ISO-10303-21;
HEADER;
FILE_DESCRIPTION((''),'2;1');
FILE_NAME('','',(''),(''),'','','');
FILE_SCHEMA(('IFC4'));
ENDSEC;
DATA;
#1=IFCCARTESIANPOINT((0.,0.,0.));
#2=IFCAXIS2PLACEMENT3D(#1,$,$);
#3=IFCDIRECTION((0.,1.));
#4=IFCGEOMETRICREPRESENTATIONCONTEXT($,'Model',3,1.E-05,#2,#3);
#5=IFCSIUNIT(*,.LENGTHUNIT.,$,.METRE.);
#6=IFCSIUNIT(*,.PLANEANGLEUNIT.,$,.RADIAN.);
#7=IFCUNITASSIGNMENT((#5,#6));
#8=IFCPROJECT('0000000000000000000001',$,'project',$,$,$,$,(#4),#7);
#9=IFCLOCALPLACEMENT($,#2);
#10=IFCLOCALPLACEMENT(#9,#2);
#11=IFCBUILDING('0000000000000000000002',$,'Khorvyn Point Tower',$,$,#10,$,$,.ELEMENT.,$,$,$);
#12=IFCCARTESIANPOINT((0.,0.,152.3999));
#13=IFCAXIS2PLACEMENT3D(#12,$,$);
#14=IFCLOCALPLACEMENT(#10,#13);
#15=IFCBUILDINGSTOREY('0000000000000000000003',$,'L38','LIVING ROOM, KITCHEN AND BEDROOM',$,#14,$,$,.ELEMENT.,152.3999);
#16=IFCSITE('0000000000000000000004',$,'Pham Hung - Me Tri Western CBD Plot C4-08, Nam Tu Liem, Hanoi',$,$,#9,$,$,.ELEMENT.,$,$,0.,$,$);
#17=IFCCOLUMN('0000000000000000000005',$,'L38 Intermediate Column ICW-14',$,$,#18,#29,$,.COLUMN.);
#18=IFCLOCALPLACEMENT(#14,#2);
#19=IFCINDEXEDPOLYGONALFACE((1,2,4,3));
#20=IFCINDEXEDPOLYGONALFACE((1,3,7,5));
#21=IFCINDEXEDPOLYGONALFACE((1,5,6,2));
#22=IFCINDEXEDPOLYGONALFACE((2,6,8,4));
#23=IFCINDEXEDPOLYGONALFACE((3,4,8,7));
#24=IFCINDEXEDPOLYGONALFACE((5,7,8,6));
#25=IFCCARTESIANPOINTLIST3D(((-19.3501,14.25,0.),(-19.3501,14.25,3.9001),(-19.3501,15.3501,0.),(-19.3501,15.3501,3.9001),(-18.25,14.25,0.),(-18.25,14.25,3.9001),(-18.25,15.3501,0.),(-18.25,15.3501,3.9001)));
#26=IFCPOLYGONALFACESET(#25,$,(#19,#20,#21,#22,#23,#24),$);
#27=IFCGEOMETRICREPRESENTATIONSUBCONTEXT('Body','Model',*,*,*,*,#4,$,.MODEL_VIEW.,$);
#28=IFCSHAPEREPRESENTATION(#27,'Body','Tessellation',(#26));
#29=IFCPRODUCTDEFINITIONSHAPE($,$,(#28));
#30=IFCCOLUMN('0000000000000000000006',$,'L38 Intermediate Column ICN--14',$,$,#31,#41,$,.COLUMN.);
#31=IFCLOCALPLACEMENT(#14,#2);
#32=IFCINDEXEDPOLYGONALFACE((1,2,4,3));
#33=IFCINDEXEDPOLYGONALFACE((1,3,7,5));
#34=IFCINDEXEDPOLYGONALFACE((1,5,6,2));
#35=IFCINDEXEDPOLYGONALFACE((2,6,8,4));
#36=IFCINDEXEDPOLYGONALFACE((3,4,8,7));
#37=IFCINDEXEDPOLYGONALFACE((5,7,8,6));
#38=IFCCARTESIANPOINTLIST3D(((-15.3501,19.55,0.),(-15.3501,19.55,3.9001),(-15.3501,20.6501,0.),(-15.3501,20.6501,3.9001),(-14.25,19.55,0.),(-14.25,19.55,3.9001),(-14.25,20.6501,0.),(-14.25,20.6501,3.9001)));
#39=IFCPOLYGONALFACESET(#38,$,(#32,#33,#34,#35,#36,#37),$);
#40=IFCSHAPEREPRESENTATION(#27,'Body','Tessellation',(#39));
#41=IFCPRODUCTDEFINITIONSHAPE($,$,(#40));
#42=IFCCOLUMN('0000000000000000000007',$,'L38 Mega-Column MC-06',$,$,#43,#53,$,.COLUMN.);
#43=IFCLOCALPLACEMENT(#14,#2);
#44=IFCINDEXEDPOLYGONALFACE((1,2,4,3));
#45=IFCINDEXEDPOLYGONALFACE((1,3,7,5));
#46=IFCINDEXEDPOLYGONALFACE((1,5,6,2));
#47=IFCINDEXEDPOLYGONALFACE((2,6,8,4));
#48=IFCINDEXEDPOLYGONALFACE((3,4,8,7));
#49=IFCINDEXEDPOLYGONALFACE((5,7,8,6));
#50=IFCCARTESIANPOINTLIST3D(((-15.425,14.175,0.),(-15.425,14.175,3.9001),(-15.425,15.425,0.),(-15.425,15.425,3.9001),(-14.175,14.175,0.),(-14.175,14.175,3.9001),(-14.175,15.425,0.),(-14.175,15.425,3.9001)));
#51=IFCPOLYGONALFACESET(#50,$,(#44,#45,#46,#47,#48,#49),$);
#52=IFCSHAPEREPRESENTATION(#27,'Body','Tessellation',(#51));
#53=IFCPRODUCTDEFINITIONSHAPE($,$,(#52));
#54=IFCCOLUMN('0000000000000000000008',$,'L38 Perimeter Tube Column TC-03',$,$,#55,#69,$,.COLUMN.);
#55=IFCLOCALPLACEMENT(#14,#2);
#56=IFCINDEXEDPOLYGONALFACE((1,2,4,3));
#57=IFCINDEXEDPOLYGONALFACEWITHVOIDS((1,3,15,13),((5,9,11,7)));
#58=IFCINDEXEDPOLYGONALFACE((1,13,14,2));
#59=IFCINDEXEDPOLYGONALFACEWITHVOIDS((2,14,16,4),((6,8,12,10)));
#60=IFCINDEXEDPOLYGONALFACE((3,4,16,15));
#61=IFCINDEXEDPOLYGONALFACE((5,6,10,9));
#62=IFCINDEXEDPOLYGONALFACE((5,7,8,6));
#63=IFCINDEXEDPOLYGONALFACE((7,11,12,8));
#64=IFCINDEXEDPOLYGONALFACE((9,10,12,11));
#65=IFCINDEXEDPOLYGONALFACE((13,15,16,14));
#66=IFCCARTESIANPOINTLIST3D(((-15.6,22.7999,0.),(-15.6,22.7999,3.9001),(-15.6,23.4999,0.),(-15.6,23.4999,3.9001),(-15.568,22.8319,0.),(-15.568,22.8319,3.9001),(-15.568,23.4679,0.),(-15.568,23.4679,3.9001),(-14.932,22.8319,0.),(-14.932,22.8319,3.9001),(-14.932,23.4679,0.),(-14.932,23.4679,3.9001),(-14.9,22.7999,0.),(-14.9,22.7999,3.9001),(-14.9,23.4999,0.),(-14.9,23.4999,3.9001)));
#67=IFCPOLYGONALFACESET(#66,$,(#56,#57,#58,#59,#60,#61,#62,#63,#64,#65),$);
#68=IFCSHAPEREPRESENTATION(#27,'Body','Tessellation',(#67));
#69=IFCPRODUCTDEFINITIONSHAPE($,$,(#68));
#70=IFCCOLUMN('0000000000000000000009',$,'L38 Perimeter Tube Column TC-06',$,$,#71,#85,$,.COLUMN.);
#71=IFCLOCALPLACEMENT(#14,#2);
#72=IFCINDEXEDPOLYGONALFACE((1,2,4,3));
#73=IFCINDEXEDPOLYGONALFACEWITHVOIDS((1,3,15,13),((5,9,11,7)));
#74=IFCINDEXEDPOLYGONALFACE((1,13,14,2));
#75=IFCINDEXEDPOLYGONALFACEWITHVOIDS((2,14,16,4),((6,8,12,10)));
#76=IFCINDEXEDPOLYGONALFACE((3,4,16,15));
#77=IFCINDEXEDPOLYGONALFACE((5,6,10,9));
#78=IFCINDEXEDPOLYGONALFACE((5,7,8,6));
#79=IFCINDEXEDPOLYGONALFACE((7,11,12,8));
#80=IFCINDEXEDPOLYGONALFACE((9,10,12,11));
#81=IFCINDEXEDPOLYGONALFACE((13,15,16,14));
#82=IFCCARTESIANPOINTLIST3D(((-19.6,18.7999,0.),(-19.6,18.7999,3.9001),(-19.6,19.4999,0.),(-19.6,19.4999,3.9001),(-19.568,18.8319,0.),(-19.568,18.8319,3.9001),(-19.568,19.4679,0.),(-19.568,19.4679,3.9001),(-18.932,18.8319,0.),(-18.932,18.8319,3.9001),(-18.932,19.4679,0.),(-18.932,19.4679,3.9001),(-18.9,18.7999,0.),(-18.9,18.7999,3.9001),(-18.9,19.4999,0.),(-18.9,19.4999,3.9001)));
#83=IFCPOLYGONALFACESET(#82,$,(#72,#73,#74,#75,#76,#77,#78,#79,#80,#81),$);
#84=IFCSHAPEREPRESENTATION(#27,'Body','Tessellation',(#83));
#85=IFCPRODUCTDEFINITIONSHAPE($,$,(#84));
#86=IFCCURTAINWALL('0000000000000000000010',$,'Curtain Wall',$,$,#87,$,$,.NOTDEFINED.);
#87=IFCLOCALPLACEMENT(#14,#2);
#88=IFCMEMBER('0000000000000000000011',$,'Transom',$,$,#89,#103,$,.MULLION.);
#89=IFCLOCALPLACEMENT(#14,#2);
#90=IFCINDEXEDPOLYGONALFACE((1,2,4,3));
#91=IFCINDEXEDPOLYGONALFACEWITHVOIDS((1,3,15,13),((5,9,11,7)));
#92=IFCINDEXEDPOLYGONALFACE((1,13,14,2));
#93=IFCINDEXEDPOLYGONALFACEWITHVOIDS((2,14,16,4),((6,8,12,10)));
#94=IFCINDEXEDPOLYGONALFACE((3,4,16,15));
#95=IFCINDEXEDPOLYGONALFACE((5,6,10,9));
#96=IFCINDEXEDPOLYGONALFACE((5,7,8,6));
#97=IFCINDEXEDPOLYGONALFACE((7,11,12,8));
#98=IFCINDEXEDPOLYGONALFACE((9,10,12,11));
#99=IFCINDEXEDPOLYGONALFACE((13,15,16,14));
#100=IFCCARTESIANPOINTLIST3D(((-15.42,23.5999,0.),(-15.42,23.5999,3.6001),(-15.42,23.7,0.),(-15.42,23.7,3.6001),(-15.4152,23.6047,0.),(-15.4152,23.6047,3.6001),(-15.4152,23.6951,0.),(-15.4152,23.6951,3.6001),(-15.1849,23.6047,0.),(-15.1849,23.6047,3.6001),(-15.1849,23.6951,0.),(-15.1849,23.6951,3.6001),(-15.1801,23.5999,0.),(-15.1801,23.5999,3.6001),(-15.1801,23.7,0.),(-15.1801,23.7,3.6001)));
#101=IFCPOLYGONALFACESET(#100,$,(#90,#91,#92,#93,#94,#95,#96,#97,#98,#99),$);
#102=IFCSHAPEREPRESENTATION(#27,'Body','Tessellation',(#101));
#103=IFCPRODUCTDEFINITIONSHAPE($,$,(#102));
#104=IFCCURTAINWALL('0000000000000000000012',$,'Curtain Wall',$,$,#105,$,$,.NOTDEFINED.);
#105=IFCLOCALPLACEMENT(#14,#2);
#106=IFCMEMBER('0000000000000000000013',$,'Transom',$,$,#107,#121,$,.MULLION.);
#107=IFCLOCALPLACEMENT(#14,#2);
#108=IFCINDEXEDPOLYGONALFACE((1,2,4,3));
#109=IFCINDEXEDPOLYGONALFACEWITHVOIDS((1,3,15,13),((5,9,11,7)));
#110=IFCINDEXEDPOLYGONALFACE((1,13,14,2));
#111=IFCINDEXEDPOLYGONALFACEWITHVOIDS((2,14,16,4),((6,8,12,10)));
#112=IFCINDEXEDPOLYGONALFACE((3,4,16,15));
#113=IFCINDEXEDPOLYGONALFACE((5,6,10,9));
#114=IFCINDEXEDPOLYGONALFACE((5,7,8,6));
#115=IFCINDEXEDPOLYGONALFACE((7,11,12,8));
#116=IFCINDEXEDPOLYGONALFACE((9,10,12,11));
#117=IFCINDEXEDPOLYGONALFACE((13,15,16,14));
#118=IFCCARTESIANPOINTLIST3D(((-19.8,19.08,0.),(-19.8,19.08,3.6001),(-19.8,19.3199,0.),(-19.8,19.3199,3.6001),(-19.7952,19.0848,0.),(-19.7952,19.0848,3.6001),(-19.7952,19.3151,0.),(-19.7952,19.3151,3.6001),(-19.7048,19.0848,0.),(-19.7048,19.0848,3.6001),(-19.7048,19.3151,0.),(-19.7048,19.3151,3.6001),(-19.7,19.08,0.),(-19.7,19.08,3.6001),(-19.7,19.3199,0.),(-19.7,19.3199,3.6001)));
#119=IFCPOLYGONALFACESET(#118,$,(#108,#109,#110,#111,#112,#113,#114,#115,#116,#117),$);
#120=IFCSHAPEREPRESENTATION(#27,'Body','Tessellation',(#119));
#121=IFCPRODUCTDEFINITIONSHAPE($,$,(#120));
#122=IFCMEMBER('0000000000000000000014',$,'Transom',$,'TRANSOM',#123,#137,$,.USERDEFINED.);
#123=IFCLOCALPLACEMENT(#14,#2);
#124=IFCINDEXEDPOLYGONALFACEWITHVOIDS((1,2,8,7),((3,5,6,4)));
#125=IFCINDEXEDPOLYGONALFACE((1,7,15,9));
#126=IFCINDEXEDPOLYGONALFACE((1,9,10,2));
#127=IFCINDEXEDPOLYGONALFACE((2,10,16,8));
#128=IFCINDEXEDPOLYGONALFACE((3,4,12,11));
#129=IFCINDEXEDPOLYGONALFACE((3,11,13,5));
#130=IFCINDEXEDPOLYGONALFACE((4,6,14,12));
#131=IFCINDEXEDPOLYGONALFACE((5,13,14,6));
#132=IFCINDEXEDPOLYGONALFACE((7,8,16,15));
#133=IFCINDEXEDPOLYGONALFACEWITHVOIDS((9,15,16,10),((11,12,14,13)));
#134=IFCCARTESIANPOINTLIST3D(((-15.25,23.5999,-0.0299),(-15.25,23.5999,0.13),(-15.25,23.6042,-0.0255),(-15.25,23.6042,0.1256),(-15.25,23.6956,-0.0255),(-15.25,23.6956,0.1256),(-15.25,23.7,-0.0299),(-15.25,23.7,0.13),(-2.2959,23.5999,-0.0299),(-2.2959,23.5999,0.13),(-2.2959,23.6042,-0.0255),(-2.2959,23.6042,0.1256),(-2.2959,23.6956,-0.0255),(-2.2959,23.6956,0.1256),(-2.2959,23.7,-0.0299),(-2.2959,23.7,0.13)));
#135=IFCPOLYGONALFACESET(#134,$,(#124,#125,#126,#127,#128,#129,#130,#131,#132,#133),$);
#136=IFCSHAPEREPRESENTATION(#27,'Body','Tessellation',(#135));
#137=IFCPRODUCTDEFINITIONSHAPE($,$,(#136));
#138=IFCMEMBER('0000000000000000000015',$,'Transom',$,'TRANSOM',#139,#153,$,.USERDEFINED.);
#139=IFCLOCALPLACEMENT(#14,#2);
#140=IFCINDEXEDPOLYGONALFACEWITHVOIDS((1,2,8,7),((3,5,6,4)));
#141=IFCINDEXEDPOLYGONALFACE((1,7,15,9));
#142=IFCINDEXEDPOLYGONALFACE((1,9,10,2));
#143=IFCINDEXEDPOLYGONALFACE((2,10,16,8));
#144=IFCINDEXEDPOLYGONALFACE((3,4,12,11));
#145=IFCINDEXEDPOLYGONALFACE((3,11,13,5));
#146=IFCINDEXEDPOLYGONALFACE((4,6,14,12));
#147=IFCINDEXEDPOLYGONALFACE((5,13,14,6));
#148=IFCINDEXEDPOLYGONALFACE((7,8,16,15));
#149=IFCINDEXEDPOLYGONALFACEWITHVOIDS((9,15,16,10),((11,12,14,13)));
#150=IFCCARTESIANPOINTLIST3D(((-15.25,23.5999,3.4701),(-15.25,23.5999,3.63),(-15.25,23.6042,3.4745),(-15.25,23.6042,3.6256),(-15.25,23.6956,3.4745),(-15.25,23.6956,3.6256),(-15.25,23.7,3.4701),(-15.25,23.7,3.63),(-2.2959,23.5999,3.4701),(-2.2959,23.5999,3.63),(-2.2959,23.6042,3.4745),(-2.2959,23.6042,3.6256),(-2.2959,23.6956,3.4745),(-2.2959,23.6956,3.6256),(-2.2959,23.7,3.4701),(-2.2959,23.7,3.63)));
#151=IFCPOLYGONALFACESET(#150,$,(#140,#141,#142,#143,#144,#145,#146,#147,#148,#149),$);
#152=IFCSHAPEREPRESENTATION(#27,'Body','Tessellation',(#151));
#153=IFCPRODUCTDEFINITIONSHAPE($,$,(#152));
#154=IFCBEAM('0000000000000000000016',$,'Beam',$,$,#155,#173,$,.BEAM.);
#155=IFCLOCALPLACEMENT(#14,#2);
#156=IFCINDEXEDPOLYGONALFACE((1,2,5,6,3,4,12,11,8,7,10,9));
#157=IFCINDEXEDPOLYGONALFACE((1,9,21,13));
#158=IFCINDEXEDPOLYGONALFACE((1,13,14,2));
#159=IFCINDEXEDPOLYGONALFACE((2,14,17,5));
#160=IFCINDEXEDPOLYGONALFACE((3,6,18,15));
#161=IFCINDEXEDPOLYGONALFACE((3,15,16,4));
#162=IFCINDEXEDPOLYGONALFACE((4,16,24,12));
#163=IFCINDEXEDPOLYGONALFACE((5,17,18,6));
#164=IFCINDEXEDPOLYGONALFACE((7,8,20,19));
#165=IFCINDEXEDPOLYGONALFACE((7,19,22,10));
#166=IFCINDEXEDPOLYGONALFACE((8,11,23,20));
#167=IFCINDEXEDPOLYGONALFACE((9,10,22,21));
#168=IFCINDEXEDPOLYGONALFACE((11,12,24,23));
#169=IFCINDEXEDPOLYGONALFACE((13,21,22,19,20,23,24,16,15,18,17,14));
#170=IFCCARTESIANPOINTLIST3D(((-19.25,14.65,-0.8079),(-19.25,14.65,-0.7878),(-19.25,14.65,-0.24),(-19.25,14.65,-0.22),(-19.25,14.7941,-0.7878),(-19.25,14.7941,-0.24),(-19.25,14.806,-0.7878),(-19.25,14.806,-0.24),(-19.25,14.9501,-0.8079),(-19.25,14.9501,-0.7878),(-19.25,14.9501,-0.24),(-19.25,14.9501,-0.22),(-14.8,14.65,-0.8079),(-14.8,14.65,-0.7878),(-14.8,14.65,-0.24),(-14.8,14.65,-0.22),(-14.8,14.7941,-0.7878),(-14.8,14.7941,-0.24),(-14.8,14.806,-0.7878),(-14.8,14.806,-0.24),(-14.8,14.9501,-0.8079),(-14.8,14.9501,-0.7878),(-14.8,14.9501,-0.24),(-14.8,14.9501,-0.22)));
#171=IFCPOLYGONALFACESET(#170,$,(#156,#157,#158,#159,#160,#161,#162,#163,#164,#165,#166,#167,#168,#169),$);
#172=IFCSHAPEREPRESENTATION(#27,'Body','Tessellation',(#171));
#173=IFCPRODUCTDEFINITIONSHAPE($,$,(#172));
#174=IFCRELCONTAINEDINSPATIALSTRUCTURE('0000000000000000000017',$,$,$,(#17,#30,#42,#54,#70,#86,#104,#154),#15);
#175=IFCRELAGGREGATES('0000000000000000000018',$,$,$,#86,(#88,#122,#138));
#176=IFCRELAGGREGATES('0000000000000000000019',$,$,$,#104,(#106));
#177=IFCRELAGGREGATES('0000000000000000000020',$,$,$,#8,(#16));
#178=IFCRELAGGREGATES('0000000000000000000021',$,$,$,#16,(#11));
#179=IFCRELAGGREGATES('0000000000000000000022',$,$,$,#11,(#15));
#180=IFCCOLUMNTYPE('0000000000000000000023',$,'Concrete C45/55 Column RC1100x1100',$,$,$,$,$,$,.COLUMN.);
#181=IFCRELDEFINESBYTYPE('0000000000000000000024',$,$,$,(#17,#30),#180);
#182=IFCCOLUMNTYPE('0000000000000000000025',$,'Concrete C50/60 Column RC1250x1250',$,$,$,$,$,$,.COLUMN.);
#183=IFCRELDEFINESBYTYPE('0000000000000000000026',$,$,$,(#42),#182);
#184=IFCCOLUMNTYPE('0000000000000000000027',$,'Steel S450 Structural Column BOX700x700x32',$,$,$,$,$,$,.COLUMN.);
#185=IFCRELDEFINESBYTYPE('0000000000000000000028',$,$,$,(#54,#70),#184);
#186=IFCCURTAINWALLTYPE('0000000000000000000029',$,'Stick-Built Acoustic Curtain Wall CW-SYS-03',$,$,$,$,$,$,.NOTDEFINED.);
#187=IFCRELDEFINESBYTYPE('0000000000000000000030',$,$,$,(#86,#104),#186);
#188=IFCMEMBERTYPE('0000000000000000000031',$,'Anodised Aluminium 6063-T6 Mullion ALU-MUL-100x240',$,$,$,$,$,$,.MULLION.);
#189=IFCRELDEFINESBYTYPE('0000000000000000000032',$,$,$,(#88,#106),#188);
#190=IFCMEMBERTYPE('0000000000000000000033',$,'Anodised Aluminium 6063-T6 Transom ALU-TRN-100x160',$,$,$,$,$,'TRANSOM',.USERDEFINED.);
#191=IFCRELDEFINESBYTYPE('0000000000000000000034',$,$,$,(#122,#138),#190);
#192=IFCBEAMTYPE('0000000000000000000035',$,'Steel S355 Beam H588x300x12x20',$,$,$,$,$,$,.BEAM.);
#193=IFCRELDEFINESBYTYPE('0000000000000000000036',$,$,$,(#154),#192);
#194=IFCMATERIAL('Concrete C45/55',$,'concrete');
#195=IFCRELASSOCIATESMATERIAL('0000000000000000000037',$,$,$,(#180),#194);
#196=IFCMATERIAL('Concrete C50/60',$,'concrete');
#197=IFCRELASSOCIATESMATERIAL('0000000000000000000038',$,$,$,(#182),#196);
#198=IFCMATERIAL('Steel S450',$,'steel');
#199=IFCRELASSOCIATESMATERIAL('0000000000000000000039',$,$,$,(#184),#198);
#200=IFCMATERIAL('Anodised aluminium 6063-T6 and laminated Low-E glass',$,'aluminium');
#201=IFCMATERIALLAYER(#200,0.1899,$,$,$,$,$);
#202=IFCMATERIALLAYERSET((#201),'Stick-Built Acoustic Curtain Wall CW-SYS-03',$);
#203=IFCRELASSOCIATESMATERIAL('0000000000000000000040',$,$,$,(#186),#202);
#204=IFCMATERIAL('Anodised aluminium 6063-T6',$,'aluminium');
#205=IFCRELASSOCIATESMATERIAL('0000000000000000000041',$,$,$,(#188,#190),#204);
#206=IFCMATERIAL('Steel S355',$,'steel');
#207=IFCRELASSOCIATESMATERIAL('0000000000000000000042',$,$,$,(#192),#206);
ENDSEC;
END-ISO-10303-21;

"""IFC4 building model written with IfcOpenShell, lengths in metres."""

from ifc_helpers import new_model, si_unit, direction, frame, origin, origin_2d, place, context, subcontext, project, spatial, rectangle, hollow_rectangle, i_section, extrude, material, layer, layer_set, material_profile, profile_set, type_object, element, aggregate, save


model = new_model("IFC4")

# Units and contexts
model_context = context("Model", 3, precision=1e-05, world=origin(), true_north=direction((0.0, 1.0)))
body_context = subcontext(model_context, "Body", "Model", "MODEL_VIEW")
ifc_project = project(units=[si_unit("LENGTHUNIT", "METRE"), si_unit("PLANEANGLEUNIT", "RADIAN")], contexts=[model_context])

# Site, building, storey
site_placement = place(None, origin())
site = spatial("IfcSite", under=ifc_project, at=site_placement, Name="Pham Hung - Me Tri Western CBD Plot C4-08, Nam Tu Liem, Hanoi", CompositionType="ELEMENT", RefElevation=0.0)
building_placement = place(site_placement, origin())
building = spatial("IfcBuilding", under=site, at=building_placement, Name="Khorvyn Point Tower", CompositionType="ELEMENT")
storey_placement = place(building_placement, frame((0.0, 0.0, 152.3999)))
storey = spatial("IfcBuildingStorey", under=building, at=storey_placement, Name="L38", Description="LIVING ROOM, KITCHEN AND BEDROOM", CompositionType="ELEMENT", Elevation=152.3999)

# Columns
ifc_material_1 = material(Name="Concrete C45/55", Category="concrete")
ifc_material_profile_1 = material_profile(ifc_material_1, rectangle(XDim=1.1001, YDim=1.1001, at=origin_2d()))
ifc_profile_set_1 = profile_set([ifc_material_profile_1], Name="Concrete C45/55 RC1100x1100")
column_type_1 = type_object("IfcColumnType", Name="Concrete C45/55 Column RC1100x1100", PredefinedType="COLUMN", material=ifc_profile_set_1)
for number, where, z_axis, x_axis, name in (
    (1, (-18.8, 14.8, 0.0), (0.0, 0.0, 1.0), (1.0, 0.0, 0.0), "L38 Intermediate Column ICW-14"),
    (2, (-14.8, 20.1001, 0.0), (0.0, 0.0, 1.0), (1.0, 0.0, 0.0), "L38 Intermediate Column ICN--14"),
):
    element("IfcColumn", number, at=place(storey_placement, frame(where, z_axis=z_axis, x_axis=x_axis)), inside=storey, type_object=column_type_1, Name=name, PredefinedType="COLUMN", context=body_context, shape_type="SweptSolid", body=[
        extrude(rectangle(XDim=1.1001, YDim=1.1001, at=origin_2d()), origin(), (0.0, 0.0, 1.0), 3.9001),
    ])
ifc_material_2 = material(Name="Concrete C50/60", Category="concrete")
ifc_material_profile_2 = material_profile(ifc_material_2, rectangle(XDim=1.25, YDim=1.25, at=origin_2d()))
ifc_profile_set_2 = profile_set([ifc_material_profile_2], Name="Concrete C50/60 RC1250x1250")
column_type_2 = type_object("IfcColumnType", Name="Concrete C50/60 Column RC1250x1250", PredefinedType="COLUMN", material=ifc_profile_set_2)
column_placement = place(storey_placement, frame((-14.8, 14.8, 0.0), z_axis=(0.0, 0.0, 1.0), x_axis=(1.0, 0.0, 0.0)))
element("IfcColumn", 3, at=column_placement, inside=storey, type_object=column_type_2, Name="L38 Mega-Column MC-06", PredefinedType="COLUMN", context=body_context, shape_type="SweptSolid", body=[
    extrude(rectangle(XDim=1.25, YDim=1.25, at=origin_2d()), origin(), (0.0, 0.0, 1.0), 3.9001),
])
ifc_material_3 = material(Name="Steel S450", Category="steel")
ifc_material_profile_3 = material_profile(ifc_material_3, hollow_rectangle(XDim=0.7, YDim=0.7, WallThickness=0.032, at=origin_2d()))
ifc_profile_set_3 = profile_set([ifc_material_profile_3], Name="Steel S450 BOX700x700x32")
column_type_3 = type_object("IfcColumnType", Name="Steel S450 Structural Column BOX700x700x32", PredefinedType="COLUMN", material=ifc_profile_set_3)
for number, where, z_axis, x_axis, name in (
    (4, (-15.25, 23.1499, 0.0), (0.0, 0.0, 1.0), (1.0, 0.0, 0.0), "L38 Perimeter Tube Column TC-03"),
    (5, (-19.25, 19.1499, 0.0), (0.0, 0.0, 1.0), (1.0, 0.0, 0.0), "L38 Perimeter Tube Column TC-06"),
):
    element("IfcColumn", number, at=place(storey_placement, frame(where, z_axis=z_axis, x_axis=x_axis)), inside=storey, type_object=column_type_3, Name=name, PredefinedType="COLUMN", context=body_context, shape_type="SweptSolid", body=[
        extrude(hollow_rectangle(XDim=0.7, YDim=0.7, WallThickness=0.032, at=origin_2d()), origin(), (0.0, 0.0, 1.0), 3.9001),
    ])

# Curtain walls, members
ifc_material_4 = material(Name="Anodised aluminium 6063-T6 and laminated Low-E glass", Category="aluminium")
ifc_layer_1 = layer(ifc_material_4, 0.1899)
ifc_layer_set_1 = layer_set([ifc_layer_1], Name="Stick-Built Acoustic Curtain Wall CW-SYS-03")
curtain_wall_type = type_object("IfcCurtainWallType", Name="Stick-Built Acoustic Curtain Wall CW-SYS-03", PredefinedType="NOTDEFINED", material=ifc_layer_set_1)
curtain_wall_1_placement = place(storey_placement, origin())
curtain_wall_1 = element("IfcCurtainWall", 6, at=curtain_wall_1_placement, inside=storey, type_object=curtain_wall_type, Name="Curtain Wall", PredefinedType="NOTDEFINED")
ifc_material_5 = material(Name="Anodised aluminium 6063-T6", Category="aluminium")
ifc_material_profile_4 = material_profile(ifc_material_5, hollow_rectangle(XDim=0.1001, YDim=0.24, WallThickness=0.0049, at=origin_2d()))
ifc_profile_set_4 = profile_set([ifc_material_profile_4], Name="Anodised aluminium 6063-T6 ALU-MUL-100x240")
member_type_1 = type_object("IfcMemberType", Name="Anodised Aluminium 6063-T6 Mullion ALU-MUL-100x240", PredefinedType="MULLION", material=ifc_profile_set_4)
member_1_placement = place(storey_placement, frame((-15.3, 23.6499, 0.0), z_axis=(0.0, 0.0, 1.0), x_axis=(0.0, 1.0, 0.0)))
member_1 = element("IfcMember", 7, at=member_1_placement, type_object=member_type_1, Name="Transom", PredefinedType="MULLION", context=body_context, shape_type="SweptSolid", body=[
    extrude(hollow_rectangle(XDim=0.1001, YDim=0.24, WallThickness=0.0049, at=origin_2d()), origin(), (0.0, 0.0, 1.0), 3.6001),
])
curtain_wall_2_placement = place(storey_placement, origin())
curtain_wall_2 = element("IfcCurtainWall", 8, at=curtain_wall_2_placement, inside=storey, type_object=curtain_wall_type, Name="Curtain Wall", PredefinedType="NOTDEFINED")
member_2_placement = place(storey_placement, frame((-19.75, 19.2, 0.0), z_axis=(0.0, 0.0, 1.0), x_axis=(-1.0, 0.0, 0.0)))
member_2 = element("IfcMember", 9, at=member_2_placement, type_object=member_type_1, Name="Transom", PredefinedType="MULLION", context=body_context, shape_type="SweptSolid", body=[
    extrude(hollow_rectangle(XDim=0.1001, YDim=0.24, WallThickness=0.0049, at=origin_2d()), origin(), (0.0, 0.0, 1.0), 3.6001),
])

# Members
ifc_material_profile_5 = material_profile(ifc_material_5, hollow_rectangle(XDim=0.1001, YDim=0.1599, WallThickness=0.0044, at=origin_2d()))
ifc_profile_set_5 = profile_set([ifc_material_profile_5], Name="Anodised aluminium 6063-T6 ALU-TRN-100x160")
member_type_2 = type_object("IfcMemberType", Name="Anodised Aluminium 6063-T6 Transom ALU-TRN-100x160", ElementType="TRANSOM", PredefinedType="USERDEFINED", material=ifc_profile_set_5)
member_3_placement = place(storey_placement, frame((-15.25, 23.6499, 0.05), z_axis=(1.0, 0.0, 0.0), x_axis=(0.0, 1.0, 0.0)))
member_3 = element("IfcMember", 10, at=member_3_placement, type_object=member_type_2, Name="Transom", ObjectType="TRANSOM", PredefinedType="USERDEFINED", context=body_context, shape_type="SweptSolid", body=[
    extrude(hollow_rectangle(XDim=0.1001, YDim=0.1599, WallThickness=0.0044, at=origin_2d()), origin(), (0.0, 0.0, 1.0), 12.9541),
])
member_4_placement = place(storey_placement, frame((-15.25, 23.6499, 3.55), z_axis=(1.0, 0.0, 0.0), x_axis=(0.0, 1.0, 0.0)))
member_4 = element("IfcMember", 11, at=member_4_placement, type_object=member_type_2, Name="Transom", ObjectType="TRANSOM", PredefinedType="USERDEFINED", context=body_context, shape_type="SweptSolid", body=[
    extrude(hollow_rectangle(XDim=0.1001, YDim=0.1599, WallThickness=0.0044, at=origin_2d()), origin(), (0.0, 0.0, 1.0), 12.9541),
])
aggregate(curtain_wall_1, [member_1, member_3, member_4])

# Beam
ifc_material_6 = material(Name="Steel S355", Category="steel")
ifc_material_profile_6 = material_profile(ifc_material_6, i_section(OverallWidth=0.3, OverallDepth=0.5879, WebThickness=0.012, FlangeThickness=0.02, at=origin_2d()))
ifc_profile_set_6 = profile_set([ifc_material_profile_6], Name="Steel S355 H588x300x12x20")
beam_type_1 = type_object("IfcBeamType", Name="Steel S355 Beam H588x300x12x20", PredefinedType="BEAM", material=ifc_profile_set_6)
beam_1_placement = place(storey_placement, frame((-19.25, 14.8, -0.5139), z_axis=(1.0, 0.0, 0.0), x_axis=(0.0, 1.0, 0.0)))
element("IfcBeam", 12, at=beam_1_placement, inside=storey, type_object=beam_type_1, Name="Beam", PredefinedType="BEAM", context=body_context, shape_type="SweptSolid", body=[
    extrude(i_section(OverallWidth=0.3, OverallDepth=0.5879, WebThickness=0.012, FlangeThickness=0.02, at=origin_2d()), origin(), (0.0, 0.0, 1.0), 4.45),
])

aggregate(curtain_wall_2, [member_2])

save(model, "model.ifc")
